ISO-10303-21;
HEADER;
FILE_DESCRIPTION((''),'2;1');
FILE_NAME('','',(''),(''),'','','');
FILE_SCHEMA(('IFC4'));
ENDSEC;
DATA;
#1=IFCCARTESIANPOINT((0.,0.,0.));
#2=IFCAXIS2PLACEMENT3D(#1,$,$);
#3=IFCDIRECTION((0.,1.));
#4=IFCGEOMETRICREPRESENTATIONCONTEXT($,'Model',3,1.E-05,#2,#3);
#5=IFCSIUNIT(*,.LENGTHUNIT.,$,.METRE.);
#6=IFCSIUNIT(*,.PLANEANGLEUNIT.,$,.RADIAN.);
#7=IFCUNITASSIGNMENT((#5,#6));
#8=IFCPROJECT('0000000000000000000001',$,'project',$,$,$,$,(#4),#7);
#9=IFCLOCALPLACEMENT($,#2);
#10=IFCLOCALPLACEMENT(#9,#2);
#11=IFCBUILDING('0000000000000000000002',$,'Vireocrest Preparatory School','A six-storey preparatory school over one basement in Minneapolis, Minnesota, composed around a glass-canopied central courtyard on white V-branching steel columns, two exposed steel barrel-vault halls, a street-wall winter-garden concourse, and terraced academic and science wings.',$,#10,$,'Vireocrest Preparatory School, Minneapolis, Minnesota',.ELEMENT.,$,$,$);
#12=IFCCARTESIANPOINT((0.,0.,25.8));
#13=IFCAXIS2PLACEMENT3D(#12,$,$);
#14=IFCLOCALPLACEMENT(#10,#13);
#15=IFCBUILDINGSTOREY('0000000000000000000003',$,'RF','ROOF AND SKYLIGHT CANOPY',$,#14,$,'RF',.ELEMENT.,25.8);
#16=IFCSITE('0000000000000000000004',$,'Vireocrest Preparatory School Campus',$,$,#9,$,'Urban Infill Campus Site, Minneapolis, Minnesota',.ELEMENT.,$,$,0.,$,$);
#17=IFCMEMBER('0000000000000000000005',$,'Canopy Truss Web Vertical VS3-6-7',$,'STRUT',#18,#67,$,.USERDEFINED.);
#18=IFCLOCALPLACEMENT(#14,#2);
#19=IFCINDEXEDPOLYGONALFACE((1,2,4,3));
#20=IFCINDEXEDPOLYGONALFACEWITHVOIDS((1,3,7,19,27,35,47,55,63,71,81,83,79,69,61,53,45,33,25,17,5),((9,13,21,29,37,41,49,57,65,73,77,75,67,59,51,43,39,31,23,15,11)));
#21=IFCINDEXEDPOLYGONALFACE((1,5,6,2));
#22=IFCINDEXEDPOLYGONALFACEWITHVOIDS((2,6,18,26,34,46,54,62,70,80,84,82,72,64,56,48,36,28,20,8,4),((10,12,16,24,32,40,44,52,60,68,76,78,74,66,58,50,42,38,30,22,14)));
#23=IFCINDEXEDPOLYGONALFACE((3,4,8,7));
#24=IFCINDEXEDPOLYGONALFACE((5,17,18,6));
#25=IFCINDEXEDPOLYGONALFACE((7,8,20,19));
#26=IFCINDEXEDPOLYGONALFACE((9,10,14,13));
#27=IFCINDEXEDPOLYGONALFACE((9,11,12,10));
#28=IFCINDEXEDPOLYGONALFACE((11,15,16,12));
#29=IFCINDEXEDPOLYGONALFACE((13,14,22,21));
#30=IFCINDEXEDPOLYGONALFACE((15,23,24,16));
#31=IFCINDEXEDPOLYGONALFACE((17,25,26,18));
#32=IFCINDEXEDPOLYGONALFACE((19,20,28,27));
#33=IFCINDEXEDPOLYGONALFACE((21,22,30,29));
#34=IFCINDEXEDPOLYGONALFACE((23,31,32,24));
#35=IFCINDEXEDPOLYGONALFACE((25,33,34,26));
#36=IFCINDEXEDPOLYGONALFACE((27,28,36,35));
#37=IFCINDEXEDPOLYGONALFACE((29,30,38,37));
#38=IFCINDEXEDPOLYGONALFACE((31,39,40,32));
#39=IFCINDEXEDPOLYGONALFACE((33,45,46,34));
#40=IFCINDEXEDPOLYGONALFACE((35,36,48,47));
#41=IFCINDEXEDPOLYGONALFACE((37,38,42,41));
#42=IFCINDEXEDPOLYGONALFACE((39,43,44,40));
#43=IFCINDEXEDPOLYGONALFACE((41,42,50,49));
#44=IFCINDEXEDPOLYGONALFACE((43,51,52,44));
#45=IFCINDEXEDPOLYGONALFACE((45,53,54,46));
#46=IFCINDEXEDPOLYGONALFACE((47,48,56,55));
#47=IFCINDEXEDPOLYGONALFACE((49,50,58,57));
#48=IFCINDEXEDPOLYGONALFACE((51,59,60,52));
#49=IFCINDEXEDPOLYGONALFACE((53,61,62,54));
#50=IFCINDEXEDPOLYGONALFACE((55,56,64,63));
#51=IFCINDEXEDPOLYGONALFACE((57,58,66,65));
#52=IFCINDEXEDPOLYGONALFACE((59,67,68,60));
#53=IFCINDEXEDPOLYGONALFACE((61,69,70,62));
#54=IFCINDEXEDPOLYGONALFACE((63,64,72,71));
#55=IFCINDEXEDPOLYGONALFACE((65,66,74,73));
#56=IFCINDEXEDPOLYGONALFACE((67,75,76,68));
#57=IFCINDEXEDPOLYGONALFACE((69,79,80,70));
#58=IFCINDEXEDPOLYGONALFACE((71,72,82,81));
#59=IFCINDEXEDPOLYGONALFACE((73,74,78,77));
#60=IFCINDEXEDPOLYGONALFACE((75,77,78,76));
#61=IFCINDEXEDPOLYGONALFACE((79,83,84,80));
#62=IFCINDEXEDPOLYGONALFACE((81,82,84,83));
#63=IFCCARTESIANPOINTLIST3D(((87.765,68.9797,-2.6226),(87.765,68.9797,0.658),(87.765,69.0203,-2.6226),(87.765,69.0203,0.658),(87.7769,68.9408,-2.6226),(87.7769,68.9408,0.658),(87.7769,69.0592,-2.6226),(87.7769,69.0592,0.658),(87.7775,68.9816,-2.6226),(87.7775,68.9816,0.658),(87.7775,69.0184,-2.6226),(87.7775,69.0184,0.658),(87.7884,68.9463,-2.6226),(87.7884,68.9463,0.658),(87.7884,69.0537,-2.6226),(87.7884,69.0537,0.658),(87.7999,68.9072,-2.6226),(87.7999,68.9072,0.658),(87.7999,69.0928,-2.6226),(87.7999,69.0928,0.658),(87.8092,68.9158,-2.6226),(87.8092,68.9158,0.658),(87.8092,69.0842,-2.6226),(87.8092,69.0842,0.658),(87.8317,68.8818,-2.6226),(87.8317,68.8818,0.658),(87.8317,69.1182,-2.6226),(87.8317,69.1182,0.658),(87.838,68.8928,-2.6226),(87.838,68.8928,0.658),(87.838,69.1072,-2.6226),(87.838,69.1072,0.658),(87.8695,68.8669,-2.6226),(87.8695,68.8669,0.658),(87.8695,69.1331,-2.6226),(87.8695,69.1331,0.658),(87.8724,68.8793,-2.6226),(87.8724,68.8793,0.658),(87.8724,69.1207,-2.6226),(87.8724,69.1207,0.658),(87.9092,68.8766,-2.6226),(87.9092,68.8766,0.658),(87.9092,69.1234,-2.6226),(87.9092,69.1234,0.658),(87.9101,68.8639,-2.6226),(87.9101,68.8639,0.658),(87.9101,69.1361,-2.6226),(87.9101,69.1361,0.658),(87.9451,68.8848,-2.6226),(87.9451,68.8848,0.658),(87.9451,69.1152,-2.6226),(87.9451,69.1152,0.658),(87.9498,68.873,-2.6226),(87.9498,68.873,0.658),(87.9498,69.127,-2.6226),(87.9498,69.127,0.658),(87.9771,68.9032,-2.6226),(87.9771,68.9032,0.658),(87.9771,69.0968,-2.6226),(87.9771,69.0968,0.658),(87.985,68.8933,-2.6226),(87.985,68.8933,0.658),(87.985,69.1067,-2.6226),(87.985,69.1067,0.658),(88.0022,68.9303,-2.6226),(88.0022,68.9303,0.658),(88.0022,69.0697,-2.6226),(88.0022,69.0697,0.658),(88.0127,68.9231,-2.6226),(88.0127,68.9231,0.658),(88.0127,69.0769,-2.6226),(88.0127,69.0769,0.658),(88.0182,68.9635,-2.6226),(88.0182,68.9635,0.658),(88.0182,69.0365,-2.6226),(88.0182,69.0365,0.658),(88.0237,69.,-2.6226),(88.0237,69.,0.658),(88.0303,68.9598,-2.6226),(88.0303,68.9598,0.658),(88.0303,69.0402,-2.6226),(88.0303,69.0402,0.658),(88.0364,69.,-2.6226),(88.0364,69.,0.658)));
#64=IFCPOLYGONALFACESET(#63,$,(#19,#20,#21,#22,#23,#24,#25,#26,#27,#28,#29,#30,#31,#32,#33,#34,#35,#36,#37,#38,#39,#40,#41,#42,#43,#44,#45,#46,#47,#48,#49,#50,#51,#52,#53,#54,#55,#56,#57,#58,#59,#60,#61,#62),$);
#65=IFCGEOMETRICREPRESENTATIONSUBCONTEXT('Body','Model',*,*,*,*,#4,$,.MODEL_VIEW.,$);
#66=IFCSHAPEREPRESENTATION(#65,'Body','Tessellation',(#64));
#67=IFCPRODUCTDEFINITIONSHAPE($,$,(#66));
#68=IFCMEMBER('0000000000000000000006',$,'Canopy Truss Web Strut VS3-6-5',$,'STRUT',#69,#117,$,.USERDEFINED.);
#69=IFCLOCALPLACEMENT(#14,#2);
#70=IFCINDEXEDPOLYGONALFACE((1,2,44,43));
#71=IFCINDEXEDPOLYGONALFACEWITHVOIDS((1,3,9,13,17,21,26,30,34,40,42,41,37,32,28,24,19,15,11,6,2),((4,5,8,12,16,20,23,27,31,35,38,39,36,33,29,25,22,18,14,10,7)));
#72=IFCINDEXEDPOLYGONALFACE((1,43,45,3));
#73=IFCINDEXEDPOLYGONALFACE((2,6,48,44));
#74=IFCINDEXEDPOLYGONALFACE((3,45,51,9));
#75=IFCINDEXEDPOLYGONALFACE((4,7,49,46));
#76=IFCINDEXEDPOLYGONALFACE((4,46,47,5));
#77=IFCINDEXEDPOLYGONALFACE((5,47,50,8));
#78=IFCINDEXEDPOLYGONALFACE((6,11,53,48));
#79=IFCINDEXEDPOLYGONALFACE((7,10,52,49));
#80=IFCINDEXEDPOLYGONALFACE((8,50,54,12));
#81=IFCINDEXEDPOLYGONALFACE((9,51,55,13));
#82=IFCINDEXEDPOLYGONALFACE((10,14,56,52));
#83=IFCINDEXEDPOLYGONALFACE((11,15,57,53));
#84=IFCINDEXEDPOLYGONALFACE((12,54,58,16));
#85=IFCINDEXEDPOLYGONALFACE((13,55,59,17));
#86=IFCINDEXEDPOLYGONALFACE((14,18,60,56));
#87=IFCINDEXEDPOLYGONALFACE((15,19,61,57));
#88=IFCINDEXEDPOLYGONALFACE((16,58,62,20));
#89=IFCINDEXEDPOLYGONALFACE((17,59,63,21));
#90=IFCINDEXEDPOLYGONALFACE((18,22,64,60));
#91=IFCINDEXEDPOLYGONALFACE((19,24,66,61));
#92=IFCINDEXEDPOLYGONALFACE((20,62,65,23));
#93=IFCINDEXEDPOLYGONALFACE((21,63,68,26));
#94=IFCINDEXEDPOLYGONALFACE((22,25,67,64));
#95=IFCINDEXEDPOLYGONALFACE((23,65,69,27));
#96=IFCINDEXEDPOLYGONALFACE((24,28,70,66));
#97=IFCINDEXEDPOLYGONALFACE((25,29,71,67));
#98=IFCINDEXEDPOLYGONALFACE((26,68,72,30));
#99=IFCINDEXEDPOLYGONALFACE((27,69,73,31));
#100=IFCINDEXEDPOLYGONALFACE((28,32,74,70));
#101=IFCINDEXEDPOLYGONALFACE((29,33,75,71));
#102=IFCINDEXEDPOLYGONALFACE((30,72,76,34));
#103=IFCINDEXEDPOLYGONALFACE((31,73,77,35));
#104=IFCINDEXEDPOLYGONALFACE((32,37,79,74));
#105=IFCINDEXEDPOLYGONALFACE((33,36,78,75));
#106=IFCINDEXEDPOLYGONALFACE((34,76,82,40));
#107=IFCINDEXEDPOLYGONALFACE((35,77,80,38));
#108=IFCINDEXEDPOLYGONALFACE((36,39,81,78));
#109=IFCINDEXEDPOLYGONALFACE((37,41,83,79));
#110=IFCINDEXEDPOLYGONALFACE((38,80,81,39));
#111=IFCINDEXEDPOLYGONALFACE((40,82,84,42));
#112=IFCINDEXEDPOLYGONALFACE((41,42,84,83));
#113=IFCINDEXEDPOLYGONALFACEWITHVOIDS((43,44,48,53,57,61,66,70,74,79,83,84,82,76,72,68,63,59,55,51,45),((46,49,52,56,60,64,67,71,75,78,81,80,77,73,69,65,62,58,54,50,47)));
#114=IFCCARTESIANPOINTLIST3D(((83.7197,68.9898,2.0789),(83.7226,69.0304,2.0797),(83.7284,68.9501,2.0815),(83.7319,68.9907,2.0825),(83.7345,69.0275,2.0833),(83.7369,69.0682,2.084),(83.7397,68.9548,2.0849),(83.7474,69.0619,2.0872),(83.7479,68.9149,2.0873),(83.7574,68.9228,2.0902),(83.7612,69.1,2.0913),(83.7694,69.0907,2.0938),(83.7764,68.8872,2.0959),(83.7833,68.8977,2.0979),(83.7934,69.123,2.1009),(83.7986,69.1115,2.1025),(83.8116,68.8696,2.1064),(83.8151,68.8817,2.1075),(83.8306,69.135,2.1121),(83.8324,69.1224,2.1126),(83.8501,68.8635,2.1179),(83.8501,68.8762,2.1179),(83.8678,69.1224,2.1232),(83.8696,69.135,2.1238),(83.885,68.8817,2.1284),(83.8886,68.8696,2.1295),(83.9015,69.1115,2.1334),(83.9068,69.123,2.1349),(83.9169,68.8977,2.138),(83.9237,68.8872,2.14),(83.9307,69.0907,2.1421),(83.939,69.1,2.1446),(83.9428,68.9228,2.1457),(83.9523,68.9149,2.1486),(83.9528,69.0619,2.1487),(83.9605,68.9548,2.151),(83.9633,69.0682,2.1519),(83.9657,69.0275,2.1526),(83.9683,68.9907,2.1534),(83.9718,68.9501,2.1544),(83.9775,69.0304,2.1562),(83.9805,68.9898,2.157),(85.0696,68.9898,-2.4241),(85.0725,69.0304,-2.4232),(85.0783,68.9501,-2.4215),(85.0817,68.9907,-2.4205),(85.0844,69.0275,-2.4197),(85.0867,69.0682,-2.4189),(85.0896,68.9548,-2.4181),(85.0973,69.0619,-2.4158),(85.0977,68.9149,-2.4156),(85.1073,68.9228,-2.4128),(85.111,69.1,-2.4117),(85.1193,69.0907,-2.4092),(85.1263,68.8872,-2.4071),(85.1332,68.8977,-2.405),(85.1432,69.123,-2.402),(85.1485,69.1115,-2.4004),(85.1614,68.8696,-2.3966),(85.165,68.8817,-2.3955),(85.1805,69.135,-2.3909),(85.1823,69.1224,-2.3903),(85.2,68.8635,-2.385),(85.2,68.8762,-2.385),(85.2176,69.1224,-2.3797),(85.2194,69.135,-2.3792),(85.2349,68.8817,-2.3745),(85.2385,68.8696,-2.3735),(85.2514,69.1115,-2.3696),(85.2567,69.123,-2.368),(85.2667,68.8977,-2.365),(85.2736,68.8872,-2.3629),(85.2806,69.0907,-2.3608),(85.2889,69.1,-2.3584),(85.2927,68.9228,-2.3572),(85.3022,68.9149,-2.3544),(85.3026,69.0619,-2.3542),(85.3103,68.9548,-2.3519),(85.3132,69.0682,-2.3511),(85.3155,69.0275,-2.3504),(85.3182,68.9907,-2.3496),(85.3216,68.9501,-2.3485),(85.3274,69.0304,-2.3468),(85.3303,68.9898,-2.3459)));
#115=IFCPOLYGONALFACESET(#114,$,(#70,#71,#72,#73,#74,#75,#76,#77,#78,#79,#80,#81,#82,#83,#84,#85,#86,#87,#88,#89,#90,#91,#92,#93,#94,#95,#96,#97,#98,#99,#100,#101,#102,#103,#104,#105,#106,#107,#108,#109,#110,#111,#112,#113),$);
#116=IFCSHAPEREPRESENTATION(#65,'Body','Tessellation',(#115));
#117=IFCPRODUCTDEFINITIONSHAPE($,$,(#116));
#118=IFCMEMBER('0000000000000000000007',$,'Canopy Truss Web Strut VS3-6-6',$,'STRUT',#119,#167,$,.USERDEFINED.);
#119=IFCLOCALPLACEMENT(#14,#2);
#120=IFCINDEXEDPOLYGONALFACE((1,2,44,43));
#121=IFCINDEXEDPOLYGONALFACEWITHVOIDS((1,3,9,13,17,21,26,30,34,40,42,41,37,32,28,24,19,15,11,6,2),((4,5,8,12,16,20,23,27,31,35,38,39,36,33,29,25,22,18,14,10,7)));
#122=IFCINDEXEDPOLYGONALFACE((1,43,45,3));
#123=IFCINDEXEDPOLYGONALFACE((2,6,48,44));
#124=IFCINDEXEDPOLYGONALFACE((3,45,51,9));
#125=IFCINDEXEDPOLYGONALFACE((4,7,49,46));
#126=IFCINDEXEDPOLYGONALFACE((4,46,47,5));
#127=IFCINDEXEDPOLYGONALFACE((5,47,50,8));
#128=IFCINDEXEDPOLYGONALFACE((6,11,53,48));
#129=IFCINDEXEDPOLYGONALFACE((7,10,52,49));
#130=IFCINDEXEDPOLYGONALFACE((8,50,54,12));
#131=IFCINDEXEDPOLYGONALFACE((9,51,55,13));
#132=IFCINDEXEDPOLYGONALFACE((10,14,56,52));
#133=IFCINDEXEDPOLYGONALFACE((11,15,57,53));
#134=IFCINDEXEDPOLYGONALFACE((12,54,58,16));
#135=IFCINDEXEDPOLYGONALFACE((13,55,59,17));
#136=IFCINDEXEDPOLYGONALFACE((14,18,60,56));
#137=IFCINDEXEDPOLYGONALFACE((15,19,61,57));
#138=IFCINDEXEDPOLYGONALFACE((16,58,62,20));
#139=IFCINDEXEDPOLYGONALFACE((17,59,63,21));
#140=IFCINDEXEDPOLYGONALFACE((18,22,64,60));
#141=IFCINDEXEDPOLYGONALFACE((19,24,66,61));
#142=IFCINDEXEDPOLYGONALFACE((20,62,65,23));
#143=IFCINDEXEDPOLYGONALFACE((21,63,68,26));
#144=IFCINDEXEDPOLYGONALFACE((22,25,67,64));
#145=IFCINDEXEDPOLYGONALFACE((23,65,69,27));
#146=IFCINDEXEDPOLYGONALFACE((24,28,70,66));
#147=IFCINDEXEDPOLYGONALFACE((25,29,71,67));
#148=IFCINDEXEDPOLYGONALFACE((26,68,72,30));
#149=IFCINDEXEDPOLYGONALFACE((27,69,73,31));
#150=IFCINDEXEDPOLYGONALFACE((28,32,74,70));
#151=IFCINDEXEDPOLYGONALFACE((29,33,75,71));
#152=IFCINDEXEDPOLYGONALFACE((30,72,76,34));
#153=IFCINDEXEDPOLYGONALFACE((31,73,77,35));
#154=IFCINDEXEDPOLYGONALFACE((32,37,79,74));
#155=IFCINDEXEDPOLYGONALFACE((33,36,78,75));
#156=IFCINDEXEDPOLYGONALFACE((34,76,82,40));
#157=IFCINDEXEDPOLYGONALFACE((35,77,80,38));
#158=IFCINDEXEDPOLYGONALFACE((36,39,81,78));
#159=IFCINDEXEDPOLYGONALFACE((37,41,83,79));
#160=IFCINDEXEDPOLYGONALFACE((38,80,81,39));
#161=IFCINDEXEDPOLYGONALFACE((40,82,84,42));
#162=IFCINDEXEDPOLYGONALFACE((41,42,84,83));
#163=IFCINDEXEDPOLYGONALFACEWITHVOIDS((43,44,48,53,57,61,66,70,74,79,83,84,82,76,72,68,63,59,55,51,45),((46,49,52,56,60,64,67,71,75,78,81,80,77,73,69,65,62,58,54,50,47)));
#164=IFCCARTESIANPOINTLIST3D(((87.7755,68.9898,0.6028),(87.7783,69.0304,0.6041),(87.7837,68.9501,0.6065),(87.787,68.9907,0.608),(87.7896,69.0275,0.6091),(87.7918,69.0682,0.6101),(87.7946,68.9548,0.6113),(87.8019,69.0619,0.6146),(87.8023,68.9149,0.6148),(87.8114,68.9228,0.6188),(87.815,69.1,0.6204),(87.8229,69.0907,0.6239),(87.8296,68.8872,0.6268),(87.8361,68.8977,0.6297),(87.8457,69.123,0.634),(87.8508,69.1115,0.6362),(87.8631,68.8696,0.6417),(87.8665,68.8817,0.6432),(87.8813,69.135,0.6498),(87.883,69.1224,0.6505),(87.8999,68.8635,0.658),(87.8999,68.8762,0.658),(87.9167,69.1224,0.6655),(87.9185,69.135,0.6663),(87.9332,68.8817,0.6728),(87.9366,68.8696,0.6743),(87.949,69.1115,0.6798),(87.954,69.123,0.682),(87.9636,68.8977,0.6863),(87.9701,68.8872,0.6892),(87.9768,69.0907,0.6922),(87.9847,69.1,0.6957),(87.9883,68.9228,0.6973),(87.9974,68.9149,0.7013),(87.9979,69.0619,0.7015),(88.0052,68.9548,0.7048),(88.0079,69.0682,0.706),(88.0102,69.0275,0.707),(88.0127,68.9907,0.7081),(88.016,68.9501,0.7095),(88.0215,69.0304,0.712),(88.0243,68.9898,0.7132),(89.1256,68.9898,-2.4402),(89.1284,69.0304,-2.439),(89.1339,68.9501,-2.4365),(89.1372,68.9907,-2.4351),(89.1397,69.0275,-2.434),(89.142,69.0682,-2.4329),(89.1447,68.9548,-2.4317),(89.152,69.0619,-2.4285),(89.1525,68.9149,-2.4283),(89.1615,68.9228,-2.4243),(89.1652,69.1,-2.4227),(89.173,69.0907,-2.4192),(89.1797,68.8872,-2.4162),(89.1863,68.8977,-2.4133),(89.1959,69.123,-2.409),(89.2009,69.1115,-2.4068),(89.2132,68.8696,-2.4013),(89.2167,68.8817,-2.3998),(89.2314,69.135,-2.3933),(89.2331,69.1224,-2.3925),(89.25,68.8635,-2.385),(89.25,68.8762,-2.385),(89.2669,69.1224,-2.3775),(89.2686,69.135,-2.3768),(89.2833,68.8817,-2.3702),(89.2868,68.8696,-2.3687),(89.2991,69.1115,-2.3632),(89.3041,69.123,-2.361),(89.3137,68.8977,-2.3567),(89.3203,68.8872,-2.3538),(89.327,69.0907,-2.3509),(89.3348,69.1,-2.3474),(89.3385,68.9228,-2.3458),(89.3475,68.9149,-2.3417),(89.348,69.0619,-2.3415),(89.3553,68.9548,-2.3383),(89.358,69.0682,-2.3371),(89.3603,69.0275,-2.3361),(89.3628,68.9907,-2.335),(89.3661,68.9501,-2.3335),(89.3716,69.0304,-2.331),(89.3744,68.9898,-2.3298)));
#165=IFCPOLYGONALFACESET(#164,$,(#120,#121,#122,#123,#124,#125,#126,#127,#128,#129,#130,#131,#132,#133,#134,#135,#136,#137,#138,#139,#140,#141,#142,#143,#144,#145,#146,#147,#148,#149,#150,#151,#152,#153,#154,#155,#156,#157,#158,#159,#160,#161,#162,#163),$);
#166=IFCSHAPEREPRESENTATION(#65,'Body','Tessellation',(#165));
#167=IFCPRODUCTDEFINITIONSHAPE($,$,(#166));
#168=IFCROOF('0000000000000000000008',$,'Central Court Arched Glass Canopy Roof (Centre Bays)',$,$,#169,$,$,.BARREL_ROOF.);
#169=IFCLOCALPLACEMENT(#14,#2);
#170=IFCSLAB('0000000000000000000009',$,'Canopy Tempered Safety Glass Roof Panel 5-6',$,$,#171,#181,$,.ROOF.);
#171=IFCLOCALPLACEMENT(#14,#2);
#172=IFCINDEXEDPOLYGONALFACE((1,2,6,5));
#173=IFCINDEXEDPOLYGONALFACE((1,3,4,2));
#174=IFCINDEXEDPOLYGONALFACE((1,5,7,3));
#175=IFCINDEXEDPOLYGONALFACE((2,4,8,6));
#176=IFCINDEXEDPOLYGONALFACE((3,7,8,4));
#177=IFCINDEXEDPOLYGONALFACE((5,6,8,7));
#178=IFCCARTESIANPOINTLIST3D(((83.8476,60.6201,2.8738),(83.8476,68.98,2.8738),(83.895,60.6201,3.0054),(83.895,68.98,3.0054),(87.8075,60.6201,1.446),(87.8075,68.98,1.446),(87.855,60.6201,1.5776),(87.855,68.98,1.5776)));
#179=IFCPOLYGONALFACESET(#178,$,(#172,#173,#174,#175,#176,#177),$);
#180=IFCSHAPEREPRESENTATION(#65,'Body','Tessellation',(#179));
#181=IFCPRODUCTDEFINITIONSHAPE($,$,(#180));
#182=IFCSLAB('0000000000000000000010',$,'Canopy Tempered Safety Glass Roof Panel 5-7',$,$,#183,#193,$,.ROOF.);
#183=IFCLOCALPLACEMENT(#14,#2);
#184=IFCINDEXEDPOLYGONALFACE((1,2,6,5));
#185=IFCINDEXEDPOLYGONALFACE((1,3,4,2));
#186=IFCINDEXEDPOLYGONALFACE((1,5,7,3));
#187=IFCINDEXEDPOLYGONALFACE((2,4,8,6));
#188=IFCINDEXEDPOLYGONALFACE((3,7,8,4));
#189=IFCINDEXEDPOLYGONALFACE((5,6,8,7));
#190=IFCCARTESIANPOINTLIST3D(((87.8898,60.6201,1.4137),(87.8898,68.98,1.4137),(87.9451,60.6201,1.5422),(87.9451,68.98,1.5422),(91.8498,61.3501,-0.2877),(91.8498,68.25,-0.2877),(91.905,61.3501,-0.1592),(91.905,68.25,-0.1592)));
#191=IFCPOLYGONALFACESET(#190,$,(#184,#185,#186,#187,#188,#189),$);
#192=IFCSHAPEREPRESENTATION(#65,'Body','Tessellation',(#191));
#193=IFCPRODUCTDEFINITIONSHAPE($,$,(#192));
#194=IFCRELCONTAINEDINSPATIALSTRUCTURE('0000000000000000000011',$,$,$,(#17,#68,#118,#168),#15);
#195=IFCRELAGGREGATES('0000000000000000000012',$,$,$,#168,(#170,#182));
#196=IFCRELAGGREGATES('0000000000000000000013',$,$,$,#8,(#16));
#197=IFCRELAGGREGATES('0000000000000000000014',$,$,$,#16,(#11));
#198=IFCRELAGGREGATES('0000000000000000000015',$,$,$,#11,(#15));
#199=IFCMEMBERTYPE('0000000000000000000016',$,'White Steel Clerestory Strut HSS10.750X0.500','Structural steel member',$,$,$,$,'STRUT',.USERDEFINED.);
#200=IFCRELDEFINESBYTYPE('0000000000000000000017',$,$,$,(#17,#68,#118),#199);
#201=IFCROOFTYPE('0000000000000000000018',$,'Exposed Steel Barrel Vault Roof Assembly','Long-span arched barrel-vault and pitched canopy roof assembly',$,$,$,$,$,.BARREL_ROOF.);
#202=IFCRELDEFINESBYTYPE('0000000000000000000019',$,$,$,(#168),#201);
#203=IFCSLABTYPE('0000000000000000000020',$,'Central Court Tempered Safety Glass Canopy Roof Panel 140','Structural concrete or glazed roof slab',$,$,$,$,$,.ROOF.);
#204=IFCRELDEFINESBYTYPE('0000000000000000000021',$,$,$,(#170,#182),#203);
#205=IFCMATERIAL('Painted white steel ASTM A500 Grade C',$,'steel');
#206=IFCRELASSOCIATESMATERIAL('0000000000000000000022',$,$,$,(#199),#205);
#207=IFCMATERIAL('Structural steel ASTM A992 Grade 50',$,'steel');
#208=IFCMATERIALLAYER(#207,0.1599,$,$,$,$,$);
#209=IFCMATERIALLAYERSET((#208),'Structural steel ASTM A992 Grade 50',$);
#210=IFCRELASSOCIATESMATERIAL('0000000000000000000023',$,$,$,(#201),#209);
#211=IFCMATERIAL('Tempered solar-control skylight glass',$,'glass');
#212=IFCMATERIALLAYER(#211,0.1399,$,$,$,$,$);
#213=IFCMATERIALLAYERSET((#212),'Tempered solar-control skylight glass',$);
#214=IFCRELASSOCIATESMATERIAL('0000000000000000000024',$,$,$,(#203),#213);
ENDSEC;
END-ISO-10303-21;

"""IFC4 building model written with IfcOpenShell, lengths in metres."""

from ifc_helpers import new_model, si_unit, direction, frame, origin, origin_2d, place, context, subcontext, project, spatial, polyline, hollow_circle, outline, extrude, material, layer, layer_set, material_profile, profile_set, type_object, element, aggregate, save


model = new_model("IFC4")

# Units and contexts
model_context = context("Model", 3, precision=1e-05, world=origin(), true_north=direction((0.0, 1.0)))
body_context = subcontext(model_context, "Body", "Model", "MODEL_VIEW")
ifc_project = project(units=[si_unit("LENGTHUNIT", "METRE"), si_unit("PLANEANGLEUNIT", "RADIAN")], contexts=[model_context])

# Site, building, storey
site_placement = place(None, origin())
site = spatial("IfcSite", under=ifc_project, at=site_placement, Name="Vireocrest Preparatory School Campus", LongName="Urban Infill Campus Site, Minneapolis, Minnesota", CompositionType="ELEMENT", RefElevation=0.0)
building_placement = place(site_placement, origin())
building = spatial("IfcBuilding", under=site, at=building_placement, Name="Vireocrest Preparatory School", Description="A six-storey preparatory school over one basement in Minneapolis, Minnesota, composed around a glass-canopied central courtyard on white V-branching steel columns, two exposed steel barrel-vault halls, a street-wall winter-garden concourse, and terraced academic and science wings.", LongName="Vireocrest Preparatory School, Minneapolis, Minnesota", CompositionType="ELEMENT")
storey_placement = place(building_placement, frame((0.0, 0.0, 25.8)))
storey = spatial("IfcBuildingStorey", under=building, at=storey_placement, Name="RF", Description="ROOF AND SKYLIGHT CANOPY", LongName="RF", CompositionType="ELEMENT", Elevation=25.8)

# Shared definitions
ifc_material_1 = material(Name="Painted white steel ASTM A500 Grade C", Category="steel")

# Shared definitions
ifc_material_2 = material(Name="Structural steel ASTM A992 Grade 50", Category="steel")

# Members
ifc_material_profile_1 = material_profile(ifc_material_1, hollow_circle(Radius=0.1365, WallThickness=0.0127, at=origin_2d()), Name="HSS10.750X0.500")
ifc_profile_set_1 = profile_set([ifc_material_profile_1], Name="Painted white steel ASTM A500 Grade C")
member_type_1 = type_object("IfcMemberType", Name="White Steel Clerestory Strut HSS10.750X0.500", Description="Structural steel member", ElementType="STRUT", PredefinedType="USERDEFINED", material=ifc_profile_set_1)
member_1_placement = place(storey_placement, frame((87.8999, 69.0, -2.6226), z_axis=(0.0, 0.0, 1.0), x_axis=(1.0, 0.0, 0.0)))
element("IfcMember", 1, at=member_1_placement, inside=storey, type_object=member_type_1, Name="Canopy Truss Web Vertical VS3-6-7", ObjectType="STRUT", PredefinedType="USERDEFINED", context=body_context, shape_type="SweptSolid", body=[
    extrude(hollow_circle(Radius=0.1365, WallThickness=0.0127, at=origin_2d()), origin(), (0.0, 0.0, 1.0), 3.2805),
])
member_2_placement = place(storey_placement, frame((85.2, 69.0, -2.385), z_axis=(-0.287148, 0.0, 0.957886), x_axis=(0.0, -1.0, 0.0)))
element("IfcMember", 2, at=member_2_placement, inside=storey, type_object=member_type_1, Name="Canopy Truss Web Strut VS3-6-5", ObjectType="STRUT", PredefinedType="USERDEFINED", context=body_context, shape_type="SweptSolid", body=[
    extrude(hollow_circle(Radius=0.1365, WallThickness=0.0127, at=origin_2d()), origin(), (0.0, 0.0, 1.0), 4.7009),
])
member_3_placement = place(storey_placement, frame((89.25, 69.0, -2.385), z_axis=(-0.405553, 0.0, 0.914071), x_axis=(0.0, -1.0, 0.0)))
element("IfcMember", 3, at=member_3_placement, inside=storey, type_object=member_type_1, Name="Canopy Truss Web Strut VS3-6-6", ObjectType="STRUT", PredefinedType="USERDEFINED", context=body_context, shape_type="SweptSolid", body=[
    extrude(hollow_circle(Radius=0.1365, WallThickness=0.0127, at=origin_2d()), origin(), (0.0, 0.0, 1.0), 3.3291),
])

# Roof, slabs
ifc_layer_1 = layer(ifc_material_2, 0.1599)
ifc_layer_set_1 = layer_set([ifc_layer_1], Name="Structural steel ASTM A992 Grade 50")
roof_type = type_object("IfcRoofType", Name="Exposed Steel Barrel Vault Roof Assembly", Description="Long-span arched barrel-vault and pitched canopy roof assembly", PredefinedType="BARREL_ROOF", material=ifc_layer_set_1)
roof_placement = place(storey_placement, origin())
roof = element("IfcRoof", 4, at=roof_placement, inside=storey, type_object=roof_type, Name="Central Court Arched Glass Canopy Roof (Centre Bays)", PredefinedType="BARREL_ROOF")
ifc_material_3 = material(Name="Tempered solar-control skylight glass", Category="glass")
ifc_layer_2 = layer(ifc_material_3, 0.1399)
ifc_layer_set_2 = layer_set([ifc_layer_2], Name="Tempered solar-control skylight glass")
slab_type = type_object("IfcSlabType", Name="Central Court Tempered Safety Glass Canopy Roof Panel 140", Description="Structural concrete or glazed roof slab", PredefinedType="ROOF", material=ifc_layer_set_2)
slab_1_placement = place(storey_placement, frame((83.895, 60.6201, 3.0054), z_axis=(0.339171, 0.0, 0.940725), x_axis=(0.940725, 0.0, -0.339171)))
slab_1 = element("IfcSlab", 5, at=slab_1_placement, type_object=slab_type, Name="Canopy Tempered Safety Glass Roof Panel 5-6", PredefinedType="ROOF", context=body_context, shape_type="SweptSolid", body=[
    extrude(outline(polyline([(0.0, 0.0), (4.2095, 0.0), (4.2095, 8.3599), (0.0, 8.3599), (0.0, 0.0)])), origin(), (0.0, 0.0, -1.0), 0.1399),
])
slab_2_placement = place(storey_placement, frame((87.9451, 60.6201, 1.5422), z_axis=(0.39476, 0.0, 0.918784), x_axis=(0.905883, 0.166991, -0.389217)))
slab_2 = element("IfcSlab", 6, at=slab_2_placement, type_object=slab_type, Name="Canopy Tempered Safety Glass Roof Panel 5-7", PredefinedType="ROOF", context=body_context, shape_type="SweptSolid", body=[
    extrude(outline(polyline([(0.0, 0.0), (4.3714, 0.0), (5.5236, 6.803), (1.396, 8.2425), (0.0, 0.0)])), origin(), (0.0, 0.0, -1.0), 0.1399),
])
aggregate(roof, [slab_1, slab_2])

save(model, "model.ifc")
